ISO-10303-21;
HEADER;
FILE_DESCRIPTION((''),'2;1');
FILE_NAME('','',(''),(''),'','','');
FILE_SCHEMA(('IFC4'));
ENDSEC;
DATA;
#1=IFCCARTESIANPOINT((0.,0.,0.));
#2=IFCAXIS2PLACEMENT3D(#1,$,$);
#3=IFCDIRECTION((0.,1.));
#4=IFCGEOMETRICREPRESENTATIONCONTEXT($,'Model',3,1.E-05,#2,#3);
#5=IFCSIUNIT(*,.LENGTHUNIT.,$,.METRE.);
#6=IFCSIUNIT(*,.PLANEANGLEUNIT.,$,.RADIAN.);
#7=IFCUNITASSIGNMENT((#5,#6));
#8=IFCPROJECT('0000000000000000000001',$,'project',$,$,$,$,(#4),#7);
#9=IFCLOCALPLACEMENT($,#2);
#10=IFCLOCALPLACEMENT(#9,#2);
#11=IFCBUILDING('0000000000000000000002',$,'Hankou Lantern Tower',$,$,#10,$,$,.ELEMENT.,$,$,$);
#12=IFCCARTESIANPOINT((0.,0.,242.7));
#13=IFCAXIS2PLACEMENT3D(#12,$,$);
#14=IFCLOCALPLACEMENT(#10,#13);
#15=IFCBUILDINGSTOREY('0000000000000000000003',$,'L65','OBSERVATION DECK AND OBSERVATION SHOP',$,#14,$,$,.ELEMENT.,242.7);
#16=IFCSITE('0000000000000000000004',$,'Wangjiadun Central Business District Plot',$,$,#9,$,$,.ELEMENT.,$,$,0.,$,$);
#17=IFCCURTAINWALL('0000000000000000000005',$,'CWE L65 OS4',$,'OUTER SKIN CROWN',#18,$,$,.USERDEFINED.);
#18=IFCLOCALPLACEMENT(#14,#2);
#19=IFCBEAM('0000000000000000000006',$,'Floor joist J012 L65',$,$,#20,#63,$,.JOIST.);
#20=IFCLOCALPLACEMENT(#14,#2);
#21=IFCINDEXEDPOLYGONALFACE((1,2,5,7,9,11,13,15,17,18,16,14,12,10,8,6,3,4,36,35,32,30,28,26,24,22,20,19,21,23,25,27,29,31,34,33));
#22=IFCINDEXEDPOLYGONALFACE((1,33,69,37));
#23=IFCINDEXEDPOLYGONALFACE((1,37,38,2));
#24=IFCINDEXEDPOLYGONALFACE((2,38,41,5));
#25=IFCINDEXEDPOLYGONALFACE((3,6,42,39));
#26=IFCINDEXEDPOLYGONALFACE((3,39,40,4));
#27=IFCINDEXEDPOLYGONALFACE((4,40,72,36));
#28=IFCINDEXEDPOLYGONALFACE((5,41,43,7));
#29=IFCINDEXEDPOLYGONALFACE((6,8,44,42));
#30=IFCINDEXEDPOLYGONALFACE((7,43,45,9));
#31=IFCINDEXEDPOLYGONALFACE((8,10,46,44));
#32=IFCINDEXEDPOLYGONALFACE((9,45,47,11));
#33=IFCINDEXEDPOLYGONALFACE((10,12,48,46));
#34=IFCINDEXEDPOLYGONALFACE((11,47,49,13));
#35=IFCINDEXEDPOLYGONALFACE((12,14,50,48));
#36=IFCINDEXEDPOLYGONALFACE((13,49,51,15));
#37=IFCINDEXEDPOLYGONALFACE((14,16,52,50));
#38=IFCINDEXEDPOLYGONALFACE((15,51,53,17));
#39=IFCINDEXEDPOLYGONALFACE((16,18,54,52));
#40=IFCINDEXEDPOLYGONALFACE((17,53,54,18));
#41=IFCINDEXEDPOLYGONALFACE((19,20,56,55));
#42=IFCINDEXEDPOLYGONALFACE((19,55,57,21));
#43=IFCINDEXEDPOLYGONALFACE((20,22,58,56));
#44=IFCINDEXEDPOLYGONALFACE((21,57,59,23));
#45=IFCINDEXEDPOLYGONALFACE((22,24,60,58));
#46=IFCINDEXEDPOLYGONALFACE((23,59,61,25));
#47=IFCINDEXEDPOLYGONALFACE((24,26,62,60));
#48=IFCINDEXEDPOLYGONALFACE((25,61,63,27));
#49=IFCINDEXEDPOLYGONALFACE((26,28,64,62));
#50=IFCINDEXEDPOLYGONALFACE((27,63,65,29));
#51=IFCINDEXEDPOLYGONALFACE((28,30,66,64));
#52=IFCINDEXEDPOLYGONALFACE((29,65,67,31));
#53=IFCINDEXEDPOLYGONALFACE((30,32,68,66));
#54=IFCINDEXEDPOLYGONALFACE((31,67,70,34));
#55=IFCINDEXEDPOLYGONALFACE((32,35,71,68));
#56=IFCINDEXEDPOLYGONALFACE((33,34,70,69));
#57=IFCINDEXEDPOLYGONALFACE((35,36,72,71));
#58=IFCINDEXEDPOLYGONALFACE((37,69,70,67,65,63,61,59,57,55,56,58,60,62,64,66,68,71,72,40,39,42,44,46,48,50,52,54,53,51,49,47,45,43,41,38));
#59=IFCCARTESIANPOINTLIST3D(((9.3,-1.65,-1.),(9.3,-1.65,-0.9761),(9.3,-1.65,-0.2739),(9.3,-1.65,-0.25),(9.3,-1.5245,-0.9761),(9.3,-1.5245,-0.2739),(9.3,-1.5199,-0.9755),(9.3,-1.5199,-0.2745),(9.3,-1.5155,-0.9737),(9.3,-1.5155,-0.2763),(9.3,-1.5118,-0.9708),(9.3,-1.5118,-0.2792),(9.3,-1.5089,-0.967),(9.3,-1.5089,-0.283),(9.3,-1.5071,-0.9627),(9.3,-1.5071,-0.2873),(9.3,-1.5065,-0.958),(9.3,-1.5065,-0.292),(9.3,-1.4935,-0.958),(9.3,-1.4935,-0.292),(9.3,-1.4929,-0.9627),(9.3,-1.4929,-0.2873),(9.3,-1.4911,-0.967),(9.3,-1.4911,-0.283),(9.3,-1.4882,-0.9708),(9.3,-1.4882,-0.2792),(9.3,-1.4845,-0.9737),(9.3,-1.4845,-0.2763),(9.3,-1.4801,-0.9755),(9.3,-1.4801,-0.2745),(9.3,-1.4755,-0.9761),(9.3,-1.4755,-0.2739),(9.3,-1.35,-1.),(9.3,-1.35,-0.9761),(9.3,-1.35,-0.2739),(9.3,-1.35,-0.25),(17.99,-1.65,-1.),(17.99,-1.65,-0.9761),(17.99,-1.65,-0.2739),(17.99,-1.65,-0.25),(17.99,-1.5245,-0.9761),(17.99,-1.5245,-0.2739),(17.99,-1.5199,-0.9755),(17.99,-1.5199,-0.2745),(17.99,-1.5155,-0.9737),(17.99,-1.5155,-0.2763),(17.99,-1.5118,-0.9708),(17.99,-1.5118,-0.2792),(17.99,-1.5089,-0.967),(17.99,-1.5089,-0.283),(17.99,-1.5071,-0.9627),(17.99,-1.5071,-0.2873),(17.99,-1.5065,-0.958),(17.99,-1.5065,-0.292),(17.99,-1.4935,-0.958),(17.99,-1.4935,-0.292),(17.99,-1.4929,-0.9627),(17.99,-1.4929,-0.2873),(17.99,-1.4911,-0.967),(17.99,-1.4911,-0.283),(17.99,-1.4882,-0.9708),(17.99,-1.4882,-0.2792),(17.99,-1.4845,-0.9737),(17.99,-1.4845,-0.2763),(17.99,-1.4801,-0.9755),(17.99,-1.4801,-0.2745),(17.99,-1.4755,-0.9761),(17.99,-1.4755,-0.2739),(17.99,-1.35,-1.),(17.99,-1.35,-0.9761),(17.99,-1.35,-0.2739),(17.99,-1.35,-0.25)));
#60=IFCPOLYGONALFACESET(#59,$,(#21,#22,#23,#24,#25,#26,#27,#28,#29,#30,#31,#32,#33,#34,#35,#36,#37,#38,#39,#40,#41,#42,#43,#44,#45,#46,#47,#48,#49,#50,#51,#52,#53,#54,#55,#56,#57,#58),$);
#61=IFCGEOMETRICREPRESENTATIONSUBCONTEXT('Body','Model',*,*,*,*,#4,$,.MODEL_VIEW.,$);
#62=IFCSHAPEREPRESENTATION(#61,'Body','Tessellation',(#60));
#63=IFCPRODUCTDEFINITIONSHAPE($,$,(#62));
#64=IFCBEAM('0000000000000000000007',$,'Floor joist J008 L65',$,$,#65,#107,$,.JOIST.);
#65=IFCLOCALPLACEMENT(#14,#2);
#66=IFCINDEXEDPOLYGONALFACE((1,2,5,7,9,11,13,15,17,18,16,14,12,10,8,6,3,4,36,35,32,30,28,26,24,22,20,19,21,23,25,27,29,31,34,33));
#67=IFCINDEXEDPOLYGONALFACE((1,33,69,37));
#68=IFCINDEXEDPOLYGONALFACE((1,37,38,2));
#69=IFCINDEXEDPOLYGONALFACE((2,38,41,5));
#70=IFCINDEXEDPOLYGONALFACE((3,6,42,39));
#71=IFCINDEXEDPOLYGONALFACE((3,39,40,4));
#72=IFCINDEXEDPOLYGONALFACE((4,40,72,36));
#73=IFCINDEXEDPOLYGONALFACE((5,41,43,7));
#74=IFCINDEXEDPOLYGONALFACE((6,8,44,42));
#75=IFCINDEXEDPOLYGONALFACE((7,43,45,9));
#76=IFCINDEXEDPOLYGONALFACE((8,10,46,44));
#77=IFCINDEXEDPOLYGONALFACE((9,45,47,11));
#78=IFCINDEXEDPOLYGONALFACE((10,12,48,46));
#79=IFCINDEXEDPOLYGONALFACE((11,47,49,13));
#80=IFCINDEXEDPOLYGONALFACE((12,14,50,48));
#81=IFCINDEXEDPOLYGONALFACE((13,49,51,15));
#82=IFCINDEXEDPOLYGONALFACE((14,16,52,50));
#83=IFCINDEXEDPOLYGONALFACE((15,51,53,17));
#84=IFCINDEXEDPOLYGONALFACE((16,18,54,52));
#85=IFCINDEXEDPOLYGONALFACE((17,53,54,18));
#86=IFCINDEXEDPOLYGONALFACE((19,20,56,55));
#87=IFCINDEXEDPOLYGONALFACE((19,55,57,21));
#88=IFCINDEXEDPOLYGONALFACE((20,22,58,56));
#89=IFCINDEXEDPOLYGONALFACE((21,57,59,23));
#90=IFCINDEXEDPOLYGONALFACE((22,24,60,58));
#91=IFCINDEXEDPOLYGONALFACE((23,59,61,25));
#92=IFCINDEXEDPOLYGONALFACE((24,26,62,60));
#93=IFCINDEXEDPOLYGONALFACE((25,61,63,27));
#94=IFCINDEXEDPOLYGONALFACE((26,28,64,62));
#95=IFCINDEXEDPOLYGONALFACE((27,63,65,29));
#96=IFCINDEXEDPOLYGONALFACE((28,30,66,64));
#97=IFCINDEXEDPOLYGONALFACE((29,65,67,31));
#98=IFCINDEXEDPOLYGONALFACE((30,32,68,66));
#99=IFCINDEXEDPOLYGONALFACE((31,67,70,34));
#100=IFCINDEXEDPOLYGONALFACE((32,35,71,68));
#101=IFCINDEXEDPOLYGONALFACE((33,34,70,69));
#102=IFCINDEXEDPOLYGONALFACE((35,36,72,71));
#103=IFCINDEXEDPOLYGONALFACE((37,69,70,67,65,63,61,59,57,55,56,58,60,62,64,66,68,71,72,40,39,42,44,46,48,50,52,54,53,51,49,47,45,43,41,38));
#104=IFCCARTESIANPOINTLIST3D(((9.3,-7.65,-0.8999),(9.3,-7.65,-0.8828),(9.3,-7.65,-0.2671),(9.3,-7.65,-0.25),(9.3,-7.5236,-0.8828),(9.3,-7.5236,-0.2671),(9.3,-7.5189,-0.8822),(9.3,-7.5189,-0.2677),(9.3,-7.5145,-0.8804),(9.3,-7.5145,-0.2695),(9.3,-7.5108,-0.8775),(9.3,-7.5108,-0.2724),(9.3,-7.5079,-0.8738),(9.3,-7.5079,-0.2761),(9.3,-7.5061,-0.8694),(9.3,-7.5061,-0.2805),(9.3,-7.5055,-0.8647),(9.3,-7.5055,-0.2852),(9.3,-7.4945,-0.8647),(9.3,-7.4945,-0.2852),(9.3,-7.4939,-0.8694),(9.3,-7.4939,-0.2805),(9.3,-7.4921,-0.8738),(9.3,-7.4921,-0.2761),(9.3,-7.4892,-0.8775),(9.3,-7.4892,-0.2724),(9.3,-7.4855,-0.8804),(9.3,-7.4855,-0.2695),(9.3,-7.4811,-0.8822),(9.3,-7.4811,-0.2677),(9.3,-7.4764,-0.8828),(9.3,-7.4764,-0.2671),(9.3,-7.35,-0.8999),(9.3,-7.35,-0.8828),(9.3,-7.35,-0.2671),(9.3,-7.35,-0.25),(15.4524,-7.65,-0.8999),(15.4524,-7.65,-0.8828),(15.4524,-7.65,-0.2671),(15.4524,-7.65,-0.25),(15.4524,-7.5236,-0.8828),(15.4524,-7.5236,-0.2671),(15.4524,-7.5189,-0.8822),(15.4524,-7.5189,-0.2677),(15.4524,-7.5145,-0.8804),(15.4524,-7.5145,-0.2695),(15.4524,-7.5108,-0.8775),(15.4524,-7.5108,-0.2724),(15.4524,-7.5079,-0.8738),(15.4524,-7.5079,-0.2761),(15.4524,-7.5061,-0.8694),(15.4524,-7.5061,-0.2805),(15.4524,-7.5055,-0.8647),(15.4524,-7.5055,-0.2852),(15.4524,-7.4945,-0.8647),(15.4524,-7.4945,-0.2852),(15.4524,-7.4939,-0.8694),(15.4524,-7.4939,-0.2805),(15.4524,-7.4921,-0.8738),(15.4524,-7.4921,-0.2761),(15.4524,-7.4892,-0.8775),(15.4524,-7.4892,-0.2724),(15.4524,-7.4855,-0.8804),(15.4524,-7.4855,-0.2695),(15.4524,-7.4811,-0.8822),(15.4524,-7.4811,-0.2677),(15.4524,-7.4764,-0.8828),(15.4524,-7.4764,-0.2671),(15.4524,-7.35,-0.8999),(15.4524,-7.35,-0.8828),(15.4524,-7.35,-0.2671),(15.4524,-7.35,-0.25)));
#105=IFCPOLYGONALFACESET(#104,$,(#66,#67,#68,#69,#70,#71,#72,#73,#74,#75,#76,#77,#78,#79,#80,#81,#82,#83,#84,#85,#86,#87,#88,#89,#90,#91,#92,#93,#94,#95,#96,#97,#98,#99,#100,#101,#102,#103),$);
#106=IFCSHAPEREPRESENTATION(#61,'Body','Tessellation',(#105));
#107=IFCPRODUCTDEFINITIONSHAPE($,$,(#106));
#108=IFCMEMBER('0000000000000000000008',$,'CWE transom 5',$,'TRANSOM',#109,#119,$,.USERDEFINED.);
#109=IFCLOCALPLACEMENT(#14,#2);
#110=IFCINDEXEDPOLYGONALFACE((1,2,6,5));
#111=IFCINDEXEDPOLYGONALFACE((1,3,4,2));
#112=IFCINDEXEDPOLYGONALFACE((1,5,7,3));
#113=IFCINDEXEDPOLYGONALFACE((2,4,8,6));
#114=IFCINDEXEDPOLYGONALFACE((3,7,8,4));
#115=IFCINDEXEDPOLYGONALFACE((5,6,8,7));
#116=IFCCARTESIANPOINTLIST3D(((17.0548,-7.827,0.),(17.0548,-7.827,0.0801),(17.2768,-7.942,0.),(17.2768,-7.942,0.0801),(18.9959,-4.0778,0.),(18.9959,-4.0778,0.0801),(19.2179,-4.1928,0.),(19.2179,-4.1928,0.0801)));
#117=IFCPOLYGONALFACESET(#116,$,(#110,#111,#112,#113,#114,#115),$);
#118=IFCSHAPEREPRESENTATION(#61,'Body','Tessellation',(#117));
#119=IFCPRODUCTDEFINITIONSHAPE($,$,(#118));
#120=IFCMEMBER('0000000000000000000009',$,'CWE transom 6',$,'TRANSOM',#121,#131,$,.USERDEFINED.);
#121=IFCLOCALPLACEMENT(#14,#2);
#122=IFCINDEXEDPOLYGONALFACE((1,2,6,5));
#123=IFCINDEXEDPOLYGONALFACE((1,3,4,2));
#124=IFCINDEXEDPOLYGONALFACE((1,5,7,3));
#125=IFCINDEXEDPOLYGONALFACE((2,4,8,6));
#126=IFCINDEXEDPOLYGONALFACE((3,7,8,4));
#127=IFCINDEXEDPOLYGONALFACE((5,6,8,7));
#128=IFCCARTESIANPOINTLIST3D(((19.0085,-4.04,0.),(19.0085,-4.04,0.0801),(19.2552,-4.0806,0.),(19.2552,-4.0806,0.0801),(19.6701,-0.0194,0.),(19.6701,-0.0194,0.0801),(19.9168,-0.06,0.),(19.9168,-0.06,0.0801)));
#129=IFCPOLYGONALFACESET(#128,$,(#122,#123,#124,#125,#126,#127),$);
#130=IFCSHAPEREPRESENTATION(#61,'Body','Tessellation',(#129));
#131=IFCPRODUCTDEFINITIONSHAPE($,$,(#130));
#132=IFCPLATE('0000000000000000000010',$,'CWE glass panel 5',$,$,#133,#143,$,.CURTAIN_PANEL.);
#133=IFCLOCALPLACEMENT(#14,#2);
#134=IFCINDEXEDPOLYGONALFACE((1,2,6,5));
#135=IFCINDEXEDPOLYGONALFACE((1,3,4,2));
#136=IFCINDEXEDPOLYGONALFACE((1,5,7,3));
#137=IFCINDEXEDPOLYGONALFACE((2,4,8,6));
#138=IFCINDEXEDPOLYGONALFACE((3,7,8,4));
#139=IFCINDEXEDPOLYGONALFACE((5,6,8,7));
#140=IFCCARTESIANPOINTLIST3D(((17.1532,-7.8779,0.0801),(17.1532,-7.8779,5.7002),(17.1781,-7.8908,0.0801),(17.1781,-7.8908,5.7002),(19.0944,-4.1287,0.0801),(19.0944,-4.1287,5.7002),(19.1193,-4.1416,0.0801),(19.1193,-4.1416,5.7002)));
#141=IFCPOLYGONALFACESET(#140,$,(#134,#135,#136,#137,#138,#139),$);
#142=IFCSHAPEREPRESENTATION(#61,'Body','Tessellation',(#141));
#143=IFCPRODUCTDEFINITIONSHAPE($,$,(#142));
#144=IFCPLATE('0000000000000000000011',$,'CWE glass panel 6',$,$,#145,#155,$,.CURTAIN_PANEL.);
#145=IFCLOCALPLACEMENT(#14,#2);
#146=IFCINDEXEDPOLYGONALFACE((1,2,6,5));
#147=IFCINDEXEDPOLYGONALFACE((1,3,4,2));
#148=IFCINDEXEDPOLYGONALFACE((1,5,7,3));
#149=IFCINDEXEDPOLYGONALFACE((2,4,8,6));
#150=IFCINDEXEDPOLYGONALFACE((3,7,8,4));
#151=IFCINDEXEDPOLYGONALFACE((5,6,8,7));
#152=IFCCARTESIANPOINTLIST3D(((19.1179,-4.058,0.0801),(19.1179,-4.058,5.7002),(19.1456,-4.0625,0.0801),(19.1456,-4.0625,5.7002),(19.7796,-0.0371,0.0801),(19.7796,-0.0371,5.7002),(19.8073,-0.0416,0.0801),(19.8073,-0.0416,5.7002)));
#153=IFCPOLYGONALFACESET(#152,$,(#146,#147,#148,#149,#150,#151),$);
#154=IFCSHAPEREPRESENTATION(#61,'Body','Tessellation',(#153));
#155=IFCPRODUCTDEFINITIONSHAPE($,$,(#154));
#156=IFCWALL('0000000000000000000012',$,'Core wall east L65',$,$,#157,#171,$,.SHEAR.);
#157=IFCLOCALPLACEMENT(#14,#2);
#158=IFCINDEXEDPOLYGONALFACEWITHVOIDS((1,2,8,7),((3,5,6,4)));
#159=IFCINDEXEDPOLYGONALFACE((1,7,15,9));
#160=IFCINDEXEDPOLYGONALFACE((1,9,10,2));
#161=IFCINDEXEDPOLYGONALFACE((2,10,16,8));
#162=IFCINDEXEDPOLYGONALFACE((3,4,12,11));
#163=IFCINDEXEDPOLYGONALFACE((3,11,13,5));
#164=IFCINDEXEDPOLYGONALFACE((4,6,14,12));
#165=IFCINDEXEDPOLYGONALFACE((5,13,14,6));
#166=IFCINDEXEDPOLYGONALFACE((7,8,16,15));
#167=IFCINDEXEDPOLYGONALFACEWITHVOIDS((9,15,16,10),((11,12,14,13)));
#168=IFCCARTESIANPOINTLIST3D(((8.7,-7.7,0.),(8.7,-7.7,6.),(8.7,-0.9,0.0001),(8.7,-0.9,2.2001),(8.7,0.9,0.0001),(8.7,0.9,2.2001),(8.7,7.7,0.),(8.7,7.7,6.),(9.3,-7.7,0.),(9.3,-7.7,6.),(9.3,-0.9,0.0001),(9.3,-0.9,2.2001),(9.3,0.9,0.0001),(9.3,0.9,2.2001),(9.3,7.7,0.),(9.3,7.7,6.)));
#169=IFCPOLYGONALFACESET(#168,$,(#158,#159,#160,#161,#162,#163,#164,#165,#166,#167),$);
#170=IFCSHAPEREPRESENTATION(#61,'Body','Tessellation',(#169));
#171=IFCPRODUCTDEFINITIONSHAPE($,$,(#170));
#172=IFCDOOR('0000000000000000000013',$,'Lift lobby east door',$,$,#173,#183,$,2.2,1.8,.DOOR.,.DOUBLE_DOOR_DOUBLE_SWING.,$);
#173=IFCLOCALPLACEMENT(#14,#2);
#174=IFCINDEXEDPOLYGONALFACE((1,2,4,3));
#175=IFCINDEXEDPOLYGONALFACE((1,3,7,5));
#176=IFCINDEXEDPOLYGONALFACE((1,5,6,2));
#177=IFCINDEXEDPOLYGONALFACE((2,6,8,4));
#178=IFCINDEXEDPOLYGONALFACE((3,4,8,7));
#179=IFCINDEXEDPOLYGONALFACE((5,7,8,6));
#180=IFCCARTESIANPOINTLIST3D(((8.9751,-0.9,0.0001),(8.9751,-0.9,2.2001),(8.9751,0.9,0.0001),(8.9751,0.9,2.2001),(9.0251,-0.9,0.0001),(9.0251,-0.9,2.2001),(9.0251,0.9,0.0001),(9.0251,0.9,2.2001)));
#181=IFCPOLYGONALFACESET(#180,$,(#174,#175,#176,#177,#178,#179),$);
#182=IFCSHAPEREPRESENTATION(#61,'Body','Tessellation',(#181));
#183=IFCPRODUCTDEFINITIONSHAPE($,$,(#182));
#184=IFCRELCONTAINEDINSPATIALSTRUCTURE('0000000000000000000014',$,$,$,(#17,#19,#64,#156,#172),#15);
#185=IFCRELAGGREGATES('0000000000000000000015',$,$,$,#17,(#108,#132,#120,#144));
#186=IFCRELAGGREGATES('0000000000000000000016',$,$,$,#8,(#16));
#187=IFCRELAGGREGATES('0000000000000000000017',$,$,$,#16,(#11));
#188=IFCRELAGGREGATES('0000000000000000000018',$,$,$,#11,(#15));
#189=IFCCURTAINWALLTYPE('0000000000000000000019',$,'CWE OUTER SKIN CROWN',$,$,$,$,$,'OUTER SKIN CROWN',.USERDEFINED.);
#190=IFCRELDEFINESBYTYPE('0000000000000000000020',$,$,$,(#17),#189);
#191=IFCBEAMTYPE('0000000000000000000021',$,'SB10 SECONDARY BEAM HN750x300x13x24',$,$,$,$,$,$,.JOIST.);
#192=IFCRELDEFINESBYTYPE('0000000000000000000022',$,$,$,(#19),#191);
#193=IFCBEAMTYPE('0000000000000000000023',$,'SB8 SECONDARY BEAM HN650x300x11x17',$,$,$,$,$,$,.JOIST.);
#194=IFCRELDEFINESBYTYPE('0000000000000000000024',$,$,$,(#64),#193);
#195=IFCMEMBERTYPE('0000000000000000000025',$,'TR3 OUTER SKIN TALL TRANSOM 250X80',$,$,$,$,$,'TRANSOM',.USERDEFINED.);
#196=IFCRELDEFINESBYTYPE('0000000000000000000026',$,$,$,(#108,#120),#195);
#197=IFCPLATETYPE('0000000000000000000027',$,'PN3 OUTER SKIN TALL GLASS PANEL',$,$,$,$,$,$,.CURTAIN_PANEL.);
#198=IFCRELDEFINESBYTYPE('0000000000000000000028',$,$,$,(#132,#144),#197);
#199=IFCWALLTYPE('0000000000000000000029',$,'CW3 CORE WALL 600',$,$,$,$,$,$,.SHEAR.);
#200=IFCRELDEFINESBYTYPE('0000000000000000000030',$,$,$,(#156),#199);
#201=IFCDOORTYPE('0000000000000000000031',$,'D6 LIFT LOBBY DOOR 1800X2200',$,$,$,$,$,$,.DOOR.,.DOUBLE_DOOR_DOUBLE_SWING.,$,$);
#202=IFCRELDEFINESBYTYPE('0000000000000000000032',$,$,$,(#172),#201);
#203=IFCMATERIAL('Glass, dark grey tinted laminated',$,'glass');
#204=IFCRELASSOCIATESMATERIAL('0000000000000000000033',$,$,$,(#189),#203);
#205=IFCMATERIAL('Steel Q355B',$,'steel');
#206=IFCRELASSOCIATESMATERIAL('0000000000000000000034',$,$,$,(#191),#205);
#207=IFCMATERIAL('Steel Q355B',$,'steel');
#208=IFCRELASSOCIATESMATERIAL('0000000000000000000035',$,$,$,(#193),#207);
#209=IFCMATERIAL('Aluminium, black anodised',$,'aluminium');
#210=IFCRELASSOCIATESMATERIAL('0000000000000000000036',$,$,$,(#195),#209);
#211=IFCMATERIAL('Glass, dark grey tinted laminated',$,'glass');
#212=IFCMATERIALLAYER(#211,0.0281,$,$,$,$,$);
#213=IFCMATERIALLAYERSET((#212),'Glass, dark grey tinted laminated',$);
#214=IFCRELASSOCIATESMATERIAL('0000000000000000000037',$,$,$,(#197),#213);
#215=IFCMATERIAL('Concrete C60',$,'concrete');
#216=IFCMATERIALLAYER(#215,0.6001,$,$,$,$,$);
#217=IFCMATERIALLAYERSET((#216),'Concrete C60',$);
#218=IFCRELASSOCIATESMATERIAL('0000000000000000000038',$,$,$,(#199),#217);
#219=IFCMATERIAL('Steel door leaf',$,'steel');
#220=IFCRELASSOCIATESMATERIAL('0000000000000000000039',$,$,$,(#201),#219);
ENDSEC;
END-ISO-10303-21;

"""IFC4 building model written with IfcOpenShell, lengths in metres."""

from ifc_helpers import new_model, si_unit, direction, frame, frame_2d, origin, origin_2d, place, context, subcontext, project, spatial, rectangle, i_section, extrude, material, layer, layer_set, material_profile, profile_set, type_object, element, fill, aggregate, save


model = new_model("IFC4")

# Units and contexts
model_context = context("Model", 3, precision=1e-05, world=origin(), true_north=direction((0.0, 1.0)))
body_context = subcontext(model_context, "Body", "Model", "MODEL_VIEW")
ifc_project = project(units=[si_unit("LENGTHUNIT", "METRE"), si_unit("PLANEANGLEUNIT", "RADIAN")], contexts=[model_context])

# Site, building, storey
site_placement = place(None, origin())
site = spatial("IfcSite", under=ifc_project, at=site_placement, Name="Wangjiadun Central Business District Plot", CompositionType="ELEMENT", RefElevation=0.0)
building_placement = place(site_placement, origin())
building = spatial("IfcBuilding", under=site, at=building_placement, Name="Hankou Lantern Tower", CompositionType="ELEMENT")
storey_placement = place(building_placement, frame((0.0, 0.0, 242.7)))
storey = spatial("IfcBuildingStorey", under=building, at=storey_placement, Name="L65", Description="OBSERVATION DECK AND OBSERVATION SHOP", CompositionType="ELEMENT", Elevation=242.7)

# Curtain wall
ifc_material_1 = material(Name="Glass, dark grey tinted laminated", Category="glass")
curtain_wall_type = type_object("IfcCurtainWallType", Name="CWE OUTER SKIN CROWN", ElementType="OUTER SKIN CROWN", PredefinedType="USERDEFINED", material=ifc_material_1)
curtain_wall_placement = place(storey_placement, origin())
curtain_wall = element("IfcCurtainWall", 1, at=curtain_wall_placement, inside=storey, type_object=curtain_wall_type, Name="CWE L65 OS4", ObjectType="OUTER SKIN CROWN", PredefinedType="USERDEFINED")

# Beams
ifc_material_2 = material(Name="Steel Q355B", Category="steel")
ifc_material_profile_1 = material_profile(ifc_material_2, i_section(OverallWidth=0.3, OverallDepth=0.75, WebThickness=0.0129, FlangeThickness=0.0239, FilletRadius=0.0181, at=origin_2d()), Name="HN750x300x13x24")
ifc_profile_set_1 = profile_set([ifc_material_profile_1], Name="Steel Q355B")
beam_type_1 = type_object("IfcBeamType", Name="SB10 SECONDARY BEAM HN750x300x13x24", PredefinedType="JOIST", material=ifc_profile_set_1)
beam_1_placement = place(storey_placement, frame((9.3, -1.5, -0.625), z_axis=(1.0, 0.0, 0.0), x_axis=(0.0, 1.0, 0.0)))
element("IfcBeam", 2, at=beam_1_placement, inside=storey, type_object=beam_type_1, Name="Floor joist J012 L65", PredefinedType="JOIST", context=body_context, shape_type="SweptSolid", body=[
    extrude(i_section(OverallWidth=0.3, OverallDepth=0.75, WebThickness=0.0129, FlangeThickness=0.0239, FilletRadius=0.0181, at=origin_2d()), origin(), (0.0, 0.0, 1.0), 8.6899),
])
ifc_material_3 = material(Name="Steel Q355B", Category="steel")
ifc_material_profile_2 = material_profile(ifc_material_3, i_section(OverallWidth=0.3, OverallDepth=0.6499, WebThickness=0.011, FlangeThickness=0.0171, FilletRadius=0.0181, at=origin_2d()), Name="HN650x300x11x17")
ifc_profile_set_2 = profile_set([ifc_material_profile_2], Name="Steel Q355B")
beam_type_2 = type_object("IfcBeamType", Name="SB8 SECONDARY BEAM HN650x300x11x17", PredefinedType="JOIST", material=ifc_profile_set_2)
beam_2_placement = place(storey_placement, frame((9.3, -7.5, -0.575), z_axis=(1.0, 0.0, 0.0), x_axis=(0.0, 1.0, 0.0)))
element("IfcBeam", 3, at=beam_2_placement, inside=storey, type_object=beam_type_2, Name="Floor joist J008 L65", PredefinedType="JOIST", context=body_context, shape_type="SweptSolid", body=[
    extrude(i_section(OverallWidth=0.3, OverallDepth=0.6499, WebThickness=0.011, FlangeThickness=0.0171, FilletRadius=0.0181, at=origin_2d()), origin(), (0.0, 0.0, 1.0), 6.1523),
])

# Members
ifc_material_4 = material(Name="Aluminium, black anodised", Category="aluminium")
ifc_material_profile_3 = material_profile(ifc_material_4, rectangle(XDim=0.25, YDim=0.0801, at=origin_2d()), Name="TR3 250X80")
ifc_profile_set_3 = profile_set([ifc_material_profile_3], Name="Aluminium, black anodised")
member_type_1 = type_object("IfcMemberType", Name="TR3 OUTER SKIN TALL TRANSOM 250X80", ElementType="TRANSOM", PredefinedType="USERDEFINED", material=ifc_profile_set_3)
member_1_placement = place(storey_placement, frame((17.1658, -7.8845, 0.04), z_axis=(0.459775, 0.888035, 0.0), x_axis=(-0.888035, 0.459775, 0.0)))
member_1 = element("IfcMember", 4, at=member_1_placement, type_object=member_type_1, Name="CWE transom 5", ObjectType="TRANSOM", PredefinedType="USERDEFINED", context=body_context, shape_type="SweptSolid", body=[
    extrude(rectangle(XDim=0.25, YDim=0.0801, at=origin_2d()), origin(), (0.0, 0.0, 1.0), 4.2219),
])
member_2_placement = place(storey_placement, frame((19.1318, -4.0603, 0.04), z_axis=(0.162368, 0.98673, 0.0), x_axis=(-0.98673, 0.162368, 0.0)))
member_2 = element("IfcMember", 5, at=member_2_placement, type_object=member_type_1, Name="CWE transom 6", ObjectType="TRANSOM", PredefinedType="USERDEFINED", context=body_context, shape_type="SweptSolid", body=[
    extrude(rectangle(XDim=0.25, YDim=0.0801, at=origin_2d()), origin(), (0.0, 0.0, 1.0), 4.0747),
])

# Plates
ifc_material_5 = material(Name="Glass, dark grey tinted laminated", Category="glass")
ifc_layer_1 = layer(ifc_material_5, 0.0281)
ifc_layer_set_1 = layer_set([ifc_layer_1], Name="Glass, dark grey tinted laminated")
plate_type = type_object("IfcPlateType", Name="PN3 OUTER SKIN TALL GLASS PANEL", PredefinedType="CURTAIN_PANEL", material=ifc_layer_set_1)
plate_1_placement = place(storey_placement, frame((18.1362, -6.0098, 0.0801), z_axis=(0.0, 0.0, 1.0), x_axis=(0.459791, 0.888027, 0.0)))
plate_1 = element("IfcPlate", 6, at=plate_1_placement, type_object=plate_type, Name="CWE glass panel 5", PredefinedType="CURTAIN_PANEL", context=body_context, shape_type="SweptSolid", body=[
    extrude(rectangle(XDim=4.2219, YDim=0.0281, at=origin_2d()), origin(), (0.0, 0.0, 1.0), 5.6201),
])
plate_2_placement = place(storey_placement, frame((19.4626, -2.0498, 0.0801), z_axis=(0.0, 0.0, 1.0), x_axis=(0.162382, 0.986728, 0.0)))
plate_2 = element("IfcPlate", 7, at=plate_2_placement, type_object=plate_type, Name="CWE glass panel 6", PredefinedType="CURTAIN_PANEL", context=body_context, shape_type="SweptSolid", body=[
    extrude(rectangle(XDim=4.075, YDim=0.0281, at=origin_2d()), origin(), (0.0, 0.0, 1.0), 5.6201),
])
aggregate(curtain_wall, [member_1, plate_1, member_2, plate_2])

# Wall, opening, door
ifc_material_6 = material(Name="Concrete C60", Category="concrete")
ifc_layer_2 = layer(ifc_material_6, 0.6001)
ifc_layer_set_2 = layer_set([ifc_layer_2], Name="Concrete C60")
wall_type_1 = type_object("IfcWallType", Name="CW3 CORE WALL 600", PredefinedType="SHEAR", material=ifc_layer_set_2)
wall_1_placement = place(storey_placement, frame((9.0, -7.7, 0.0), z_axis=(0.0, 0.0, 1.0), x_axis=(0.0, 1.0, 0.0)))
wall_1 = element("IfcWall", 8, at=wall_1_placement, inside=storey, type_object=wall_type_1, Name="Core wall east L65", PredefinedType="SHEAR", context=body_context, shape_type="SweptSolid", body=[
    extrude(rectangle(XDim=15.3999, YDim=0.6001, at=frame_2d((7.7, 0.0))), origin(), (0.0, 0.0, 1.0), 6.0),
])
opening_1_placement = place(wall_1_placement, frame((6.8, 0.0, 0.0)))
opening_1 = element("IfcOpeningElement", 9, at=opening_1_placement, cuts=wall_1, PredefinedType="OPENING", context=body_context, shape_type="SweptSolid", body=[
    extrude(rectangle(XDim=1.8, YDim=2.2, at=frame_2d((0.8999, 1.1001))), frame((0.0, 0.3101, 0.0), z_axis=(0.0, -1.0, 0.0), x_axis=(1.0, 0.0, 0.0)), (0.0, 0.0, 1.0), 0.6201),
])
ifc_material_7 = material(Name="Steel door leaf", Category="steel")
door_type = type_object("IfcDoorType", Name="D6 LIFT LOBBY DOOR 1800X2200", OperationType="DOUBLE_DOOR_DOUBLE_SWING", PredefinedType="DOOR", material=ifc_material_7)
door_placement = place(opening_1_placement, origin())
door = element("IfcDoor", 10, at=door_placement, inside=storey, type_object=door_type, Name="Lift lobby east door", OperationType="DOUBLE_DOOR_DOUBLE_SWING", OverallHeight=2.2, OverallWidth=1.8, PredefinedType="DOOR", context=body_context, shape_type="SweptSolid", body=[
    extrude(rectangle(XDim=1.8, YDim=2.2, at=frame_2d((0.8999, 1.1001))), frame((0.0, 0.0249, 0.0), z_axis=(0.0, -1.0, 0.0), x_axis=(1.0, 0.0, 0.0)), (0.0, 0.0, 1.0), 0.05),
])
fill(opening_1, door)

save(model, "model.ifc")
